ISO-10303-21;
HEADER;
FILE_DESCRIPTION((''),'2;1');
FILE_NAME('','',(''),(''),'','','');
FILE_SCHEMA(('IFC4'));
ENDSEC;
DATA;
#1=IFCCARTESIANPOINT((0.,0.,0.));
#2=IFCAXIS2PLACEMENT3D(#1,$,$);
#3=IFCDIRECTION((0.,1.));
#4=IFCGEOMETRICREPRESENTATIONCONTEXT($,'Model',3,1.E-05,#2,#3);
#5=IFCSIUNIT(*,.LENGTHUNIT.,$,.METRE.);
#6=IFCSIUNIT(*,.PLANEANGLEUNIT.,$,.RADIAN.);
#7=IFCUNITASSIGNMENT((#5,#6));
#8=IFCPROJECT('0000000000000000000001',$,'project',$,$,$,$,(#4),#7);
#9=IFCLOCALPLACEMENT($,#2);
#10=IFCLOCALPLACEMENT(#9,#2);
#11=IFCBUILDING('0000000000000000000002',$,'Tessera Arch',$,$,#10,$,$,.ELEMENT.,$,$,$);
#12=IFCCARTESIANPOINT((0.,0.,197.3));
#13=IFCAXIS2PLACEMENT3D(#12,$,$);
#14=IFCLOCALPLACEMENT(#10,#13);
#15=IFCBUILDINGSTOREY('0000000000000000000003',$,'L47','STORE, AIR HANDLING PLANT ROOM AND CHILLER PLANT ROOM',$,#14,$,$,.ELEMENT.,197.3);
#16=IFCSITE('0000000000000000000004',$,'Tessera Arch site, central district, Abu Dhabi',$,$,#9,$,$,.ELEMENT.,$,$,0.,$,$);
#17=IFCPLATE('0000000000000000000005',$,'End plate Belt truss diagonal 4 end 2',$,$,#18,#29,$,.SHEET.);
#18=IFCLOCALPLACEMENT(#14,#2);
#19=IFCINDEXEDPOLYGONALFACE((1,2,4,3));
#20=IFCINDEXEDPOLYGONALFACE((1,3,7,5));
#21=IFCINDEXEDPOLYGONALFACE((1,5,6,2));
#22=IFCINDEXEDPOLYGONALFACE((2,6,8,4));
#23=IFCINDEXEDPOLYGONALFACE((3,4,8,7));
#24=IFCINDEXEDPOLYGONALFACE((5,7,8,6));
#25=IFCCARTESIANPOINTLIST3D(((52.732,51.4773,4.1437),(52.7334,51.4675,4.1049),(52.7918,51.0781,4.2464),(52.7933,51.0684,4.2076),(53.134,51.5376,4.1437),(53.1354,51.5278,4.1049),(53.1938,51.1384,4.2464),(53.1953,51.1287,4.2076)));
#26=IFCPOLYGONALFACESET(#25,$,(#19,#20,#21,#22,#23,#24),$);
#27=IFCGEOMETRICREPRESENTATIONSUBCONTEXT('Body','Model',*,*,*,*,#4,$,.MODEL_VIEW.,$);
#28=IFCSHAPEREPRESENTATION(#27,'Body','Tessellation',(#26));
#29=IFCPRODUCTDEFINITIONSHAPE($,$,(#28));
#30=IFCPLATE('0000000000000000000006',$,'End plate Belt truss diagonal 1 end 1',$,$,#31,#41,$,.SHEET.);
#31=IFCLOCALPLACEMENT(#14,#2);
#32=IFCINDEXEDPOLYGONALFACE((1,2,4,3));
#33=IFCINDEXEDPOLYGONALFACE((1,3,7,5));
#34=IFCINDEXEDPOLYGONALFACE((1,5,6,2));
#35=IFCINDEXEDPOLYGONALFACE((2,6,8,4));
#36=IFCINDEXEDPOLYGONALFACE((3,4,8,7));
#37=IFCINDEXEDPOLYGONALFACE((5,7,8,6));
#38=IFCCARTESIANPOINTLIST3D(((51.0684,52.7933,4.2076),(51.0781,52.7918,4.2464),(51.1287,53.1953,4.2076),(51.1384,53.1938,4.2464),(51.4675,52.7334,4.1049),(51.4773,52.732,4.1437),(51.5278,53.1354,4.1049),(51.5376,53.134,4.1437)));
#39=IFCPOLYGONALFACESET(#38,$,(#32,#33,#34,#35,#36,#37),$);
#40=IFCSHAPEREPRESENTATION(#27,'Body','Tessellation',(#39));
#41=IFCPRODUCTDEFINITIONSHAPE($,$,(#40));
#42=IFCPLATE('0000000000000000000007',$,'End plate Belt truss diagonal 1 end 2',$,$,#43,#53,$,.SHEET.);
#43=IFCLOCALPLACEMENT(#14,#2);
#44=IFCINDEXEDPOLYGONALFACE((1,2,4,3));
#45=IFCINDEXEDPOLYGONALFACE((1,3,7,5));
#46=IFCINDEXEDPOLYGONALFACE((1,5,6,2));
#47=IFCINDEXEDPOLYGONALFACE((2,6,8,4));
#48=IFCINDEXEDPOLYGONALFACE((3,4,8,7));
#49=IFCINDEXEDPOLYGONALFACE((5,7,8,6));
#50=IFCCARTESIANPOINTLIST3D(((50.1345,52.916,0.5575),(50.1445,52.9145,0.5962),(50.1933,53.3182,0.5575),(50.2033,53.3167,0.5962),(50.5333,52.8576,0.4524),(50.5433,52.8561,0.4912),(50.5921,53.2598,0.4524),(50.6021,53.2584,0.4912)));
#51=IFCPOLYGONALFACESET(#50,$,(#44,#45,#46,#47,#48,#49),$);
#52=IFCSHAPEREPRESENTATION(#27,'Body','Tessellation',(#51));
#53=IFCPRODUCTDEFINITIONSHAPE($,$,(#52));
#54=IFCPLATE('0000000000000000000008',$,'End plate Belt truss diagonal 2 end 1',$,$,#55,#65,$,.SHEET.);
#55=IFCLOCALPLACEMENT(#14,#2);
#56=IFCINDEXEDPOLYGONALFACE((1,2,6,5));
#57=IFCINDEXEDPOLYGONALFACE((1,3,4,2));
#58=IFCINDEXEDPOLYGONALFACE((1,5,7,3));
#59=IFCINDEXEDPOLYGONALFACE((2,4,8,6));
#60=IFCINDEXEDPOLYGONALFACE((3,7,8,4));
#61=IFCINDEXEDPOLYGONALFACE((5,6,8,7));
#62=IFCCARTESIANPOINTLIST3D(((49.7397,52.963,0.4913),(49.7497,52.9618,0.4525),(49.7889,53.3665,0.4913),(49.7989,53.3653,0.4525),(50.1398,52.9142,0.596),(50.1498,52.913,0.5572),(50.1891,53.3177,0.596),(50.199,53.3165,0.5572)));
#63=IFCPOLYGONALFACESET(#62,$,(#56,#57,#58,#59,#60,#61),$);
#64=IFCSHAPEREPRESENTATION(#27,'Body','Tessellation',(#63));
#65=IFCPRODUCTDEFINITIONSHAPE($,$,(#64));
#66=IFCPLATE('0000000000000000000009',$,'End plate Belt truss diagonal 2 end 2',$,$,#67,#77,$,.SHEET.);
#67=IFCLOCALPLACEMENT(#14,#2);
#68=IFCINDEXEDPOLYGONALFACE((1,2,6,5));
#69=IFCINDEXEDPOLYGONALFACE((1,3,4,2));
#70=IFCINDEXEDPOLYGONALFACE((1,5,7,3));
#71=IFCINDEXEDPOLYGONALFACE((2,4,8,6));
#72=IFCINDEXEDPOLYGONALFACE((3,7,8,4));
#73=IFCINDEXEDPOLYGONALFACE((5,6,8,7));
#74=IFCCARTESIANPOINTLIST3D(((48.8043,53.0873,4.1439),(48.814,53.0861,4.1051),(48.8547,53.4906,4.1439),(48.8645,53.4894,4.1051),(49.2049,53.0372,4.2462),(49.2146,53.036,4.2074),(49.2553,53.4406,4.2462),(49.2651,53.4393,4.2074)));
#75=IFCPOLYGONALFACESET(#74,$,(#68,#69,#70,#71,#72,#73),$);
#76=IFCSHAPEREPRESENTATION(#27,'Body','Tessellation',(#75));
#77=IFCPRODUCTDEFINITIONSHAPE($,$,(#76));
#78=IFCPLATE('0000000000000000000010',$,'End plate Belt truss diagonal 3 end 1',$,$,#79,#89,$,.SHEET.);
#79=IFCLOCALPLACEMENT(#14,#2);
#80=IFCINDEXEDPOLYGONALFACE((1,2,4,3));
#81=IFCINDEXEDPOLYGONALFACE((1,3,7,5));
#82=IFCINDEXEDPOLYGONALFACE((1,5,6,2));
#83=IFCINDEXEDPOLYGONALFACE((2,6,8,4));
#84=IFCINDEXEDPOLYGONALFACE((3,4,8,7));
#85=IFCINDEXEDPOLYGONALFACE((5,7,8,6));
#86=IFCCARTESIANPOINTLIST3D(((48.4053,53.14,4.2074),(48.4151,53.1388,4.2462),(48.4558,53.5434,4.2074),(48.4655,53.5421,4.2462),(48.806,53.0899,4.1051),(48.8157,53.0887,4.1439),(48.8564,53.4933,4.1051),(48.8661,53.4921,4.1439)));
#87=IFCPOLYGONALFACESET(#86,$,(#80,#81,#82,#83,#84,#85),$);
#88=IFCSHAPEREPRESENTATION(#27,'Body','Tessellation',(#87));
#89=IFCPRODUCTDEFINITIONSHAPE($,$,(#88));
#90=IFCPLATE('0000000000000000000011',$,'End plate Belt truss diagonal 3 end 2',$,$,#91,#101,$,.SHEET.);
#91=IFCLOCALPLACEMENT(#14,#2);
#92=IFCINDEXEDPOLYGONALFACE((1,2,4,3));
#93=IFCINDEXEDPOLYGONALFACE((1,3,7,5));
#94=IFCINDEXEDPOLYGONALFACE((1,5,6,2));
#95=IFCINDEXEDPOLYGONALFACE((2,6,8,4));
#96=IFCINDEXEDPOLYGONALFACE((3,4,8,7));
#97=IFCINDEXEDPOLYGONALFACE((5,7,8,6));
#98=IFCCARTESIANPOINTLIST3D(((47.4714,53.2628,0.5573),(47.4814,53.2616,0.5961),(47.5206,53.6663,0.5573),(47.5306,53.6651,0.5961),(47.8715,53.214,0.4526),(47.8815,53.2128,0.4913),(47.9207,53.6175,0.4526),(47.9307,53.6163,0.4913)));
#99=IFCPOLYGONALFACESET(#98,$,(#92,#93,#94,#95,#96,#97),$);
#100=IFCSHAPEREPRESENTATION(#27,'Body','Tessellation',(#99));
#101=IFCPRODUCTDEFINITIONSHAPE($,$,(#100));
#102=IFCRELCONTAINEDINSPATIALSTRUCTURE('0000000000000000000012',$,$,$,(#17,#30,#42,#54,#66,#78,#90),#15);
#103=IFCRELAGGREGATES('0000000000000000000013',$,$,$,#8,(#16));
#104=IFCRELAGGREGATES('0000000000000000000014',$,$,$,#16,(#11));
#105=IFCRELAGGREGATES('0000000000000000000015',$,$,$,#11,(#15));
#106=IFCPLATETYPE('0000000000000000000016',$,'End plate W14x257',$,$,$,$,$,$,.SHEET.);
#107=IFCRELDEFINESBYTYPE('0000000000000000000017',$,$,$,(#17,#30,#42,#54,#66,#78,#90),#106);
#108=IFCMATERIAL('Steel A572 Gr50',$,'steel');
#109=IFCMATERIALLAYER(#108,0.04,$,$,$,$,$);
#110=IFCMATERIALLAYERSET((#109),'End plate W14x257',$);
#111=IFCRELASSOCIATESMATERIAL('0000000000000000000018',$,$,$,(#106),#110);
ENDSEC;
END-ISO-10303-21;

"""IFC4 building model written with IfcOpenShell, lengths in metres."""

from ifc_helpers import new_model, si_unit, direction, frame, origin, origin_2d, place, context, subcontext, project, spatial, rectangle, extrude, material, layer, layer_set, type_object, element, save


model = new_model("IFC4")

# Units and contexts
model_context = context("Model", 3, precision=1e-05, world=origin(), true_north=direction((0.0, 1.0)))
body_context = subcontext(model_context, "Body", "Model", "MODEL_VIEW")
ifc_project = project(units=[si_unit("LENGTHUNIT", "METRE"), si_unit("PLANEANGLEUNIT", "RADIAN")], contexts=[model_context])

# Site, building, storey
site_placement = place(None, origin())
site = spatial("IfcSite", under=ifc_project, at=site_placement, Name="Tessera Arch site, central district, Abu Dhabi", CompositionType="ELEMENT", RefElevation=0.0)
building_placement = place(site_placement, origin())
building = spatial("IfcBuilding", under=site, at=building_placement, Name="Tessera Arch", CompositionType="ELEMENT")
storey_placement = place(building_placement, frame((0.0, 0.0, 197.3)))
storey = spatial("IfcBuildingStorey", under=building, at=storey_placement, Name="L47", Description="STORE, AIR HANDLING PLANT ROOM AND CHILLER PLANT ROOM", CompositionType="ELEMENT", Elevation=197.3)

# Plates
ifc_material_1 = material(Name="Steel A572 Gr50", Category="steel")
ifc_layer_1 = layer(ifc_material_1, 0.04)
ifc_layer_set_1 = layer_set([ifc_layer_1], Name="End plate W14x257")
plate_type_1 = type_object("IfcPlateType", Name="End plate W14x257", PredefinedType="SHEET", material=ifc_layer_set_1)
for number, where, z_axis, x_axis, name in (
    (1, (52.9644, 51.2981, 4.1562), (-0.036571, 0.243807, 0.969134), (-0.988936, -0.14834, 0.0), "End plate Belt truss diagonal 4 end 2"),
    (2, (51.3079, 52.9629, 4.1951), (-0.243807, 0.036571, -0.969134), (-0.14834, -0.988936, 0.0), "End plate Belt truss diagonal 1 end 1"),
    (3, (50.3733, 53.0864, 0.5437), (-0.249527, 0.036516, -0.967679), (-0.144799, -0.989461, 0.0), "End plate Belt truss diagonal 1 end 2"),
    (4, (49.9744, 53.1392, 0.5049), (-0.249578, 0.030436, 0.967876), (-0.121054, -0.992646, 0.0), "End plate Belt truss diagonal 2 end 1"),
    (5, (49.0396, 53.2627, 4.1562), (-0.243857, 0.030482, 0.969332), (-0.124035, -0.992278, 0.0), "End plate Belt truss diagonal 2 end 2"),
    (6, (48.6406, 53.3154, 4.1951), (-0.243857, 0.030482, -0.969332), (-0.124035, -0.992278, 0.0), "End plate Belt truss diagonal 3 end 1"),
    (7, (47.7061, 53.439, 0.5437), (-0.249578, 0.030436, -0.967876), (-0.121054, -0.992646, 0.0), "End plate Belt truss diagonal 3 end 2"),
):
    element("IfcPlate", number, at=place(storey_placement, frame(where, z_axis=z_axis, x_axis=x_axis)), inside=storey, type_object=plate_type_1, Name=name, PredefinedType="SHEET", context=body_context, shape_type="SweptSolid", body=[
        extrude(rectangle(XDim=0.4065, YDim=0.4165, at=origin_2d()), origin(), (0.0, 0.0, 1.0), 0.04),
    ])

save(model, "model.ifc")
